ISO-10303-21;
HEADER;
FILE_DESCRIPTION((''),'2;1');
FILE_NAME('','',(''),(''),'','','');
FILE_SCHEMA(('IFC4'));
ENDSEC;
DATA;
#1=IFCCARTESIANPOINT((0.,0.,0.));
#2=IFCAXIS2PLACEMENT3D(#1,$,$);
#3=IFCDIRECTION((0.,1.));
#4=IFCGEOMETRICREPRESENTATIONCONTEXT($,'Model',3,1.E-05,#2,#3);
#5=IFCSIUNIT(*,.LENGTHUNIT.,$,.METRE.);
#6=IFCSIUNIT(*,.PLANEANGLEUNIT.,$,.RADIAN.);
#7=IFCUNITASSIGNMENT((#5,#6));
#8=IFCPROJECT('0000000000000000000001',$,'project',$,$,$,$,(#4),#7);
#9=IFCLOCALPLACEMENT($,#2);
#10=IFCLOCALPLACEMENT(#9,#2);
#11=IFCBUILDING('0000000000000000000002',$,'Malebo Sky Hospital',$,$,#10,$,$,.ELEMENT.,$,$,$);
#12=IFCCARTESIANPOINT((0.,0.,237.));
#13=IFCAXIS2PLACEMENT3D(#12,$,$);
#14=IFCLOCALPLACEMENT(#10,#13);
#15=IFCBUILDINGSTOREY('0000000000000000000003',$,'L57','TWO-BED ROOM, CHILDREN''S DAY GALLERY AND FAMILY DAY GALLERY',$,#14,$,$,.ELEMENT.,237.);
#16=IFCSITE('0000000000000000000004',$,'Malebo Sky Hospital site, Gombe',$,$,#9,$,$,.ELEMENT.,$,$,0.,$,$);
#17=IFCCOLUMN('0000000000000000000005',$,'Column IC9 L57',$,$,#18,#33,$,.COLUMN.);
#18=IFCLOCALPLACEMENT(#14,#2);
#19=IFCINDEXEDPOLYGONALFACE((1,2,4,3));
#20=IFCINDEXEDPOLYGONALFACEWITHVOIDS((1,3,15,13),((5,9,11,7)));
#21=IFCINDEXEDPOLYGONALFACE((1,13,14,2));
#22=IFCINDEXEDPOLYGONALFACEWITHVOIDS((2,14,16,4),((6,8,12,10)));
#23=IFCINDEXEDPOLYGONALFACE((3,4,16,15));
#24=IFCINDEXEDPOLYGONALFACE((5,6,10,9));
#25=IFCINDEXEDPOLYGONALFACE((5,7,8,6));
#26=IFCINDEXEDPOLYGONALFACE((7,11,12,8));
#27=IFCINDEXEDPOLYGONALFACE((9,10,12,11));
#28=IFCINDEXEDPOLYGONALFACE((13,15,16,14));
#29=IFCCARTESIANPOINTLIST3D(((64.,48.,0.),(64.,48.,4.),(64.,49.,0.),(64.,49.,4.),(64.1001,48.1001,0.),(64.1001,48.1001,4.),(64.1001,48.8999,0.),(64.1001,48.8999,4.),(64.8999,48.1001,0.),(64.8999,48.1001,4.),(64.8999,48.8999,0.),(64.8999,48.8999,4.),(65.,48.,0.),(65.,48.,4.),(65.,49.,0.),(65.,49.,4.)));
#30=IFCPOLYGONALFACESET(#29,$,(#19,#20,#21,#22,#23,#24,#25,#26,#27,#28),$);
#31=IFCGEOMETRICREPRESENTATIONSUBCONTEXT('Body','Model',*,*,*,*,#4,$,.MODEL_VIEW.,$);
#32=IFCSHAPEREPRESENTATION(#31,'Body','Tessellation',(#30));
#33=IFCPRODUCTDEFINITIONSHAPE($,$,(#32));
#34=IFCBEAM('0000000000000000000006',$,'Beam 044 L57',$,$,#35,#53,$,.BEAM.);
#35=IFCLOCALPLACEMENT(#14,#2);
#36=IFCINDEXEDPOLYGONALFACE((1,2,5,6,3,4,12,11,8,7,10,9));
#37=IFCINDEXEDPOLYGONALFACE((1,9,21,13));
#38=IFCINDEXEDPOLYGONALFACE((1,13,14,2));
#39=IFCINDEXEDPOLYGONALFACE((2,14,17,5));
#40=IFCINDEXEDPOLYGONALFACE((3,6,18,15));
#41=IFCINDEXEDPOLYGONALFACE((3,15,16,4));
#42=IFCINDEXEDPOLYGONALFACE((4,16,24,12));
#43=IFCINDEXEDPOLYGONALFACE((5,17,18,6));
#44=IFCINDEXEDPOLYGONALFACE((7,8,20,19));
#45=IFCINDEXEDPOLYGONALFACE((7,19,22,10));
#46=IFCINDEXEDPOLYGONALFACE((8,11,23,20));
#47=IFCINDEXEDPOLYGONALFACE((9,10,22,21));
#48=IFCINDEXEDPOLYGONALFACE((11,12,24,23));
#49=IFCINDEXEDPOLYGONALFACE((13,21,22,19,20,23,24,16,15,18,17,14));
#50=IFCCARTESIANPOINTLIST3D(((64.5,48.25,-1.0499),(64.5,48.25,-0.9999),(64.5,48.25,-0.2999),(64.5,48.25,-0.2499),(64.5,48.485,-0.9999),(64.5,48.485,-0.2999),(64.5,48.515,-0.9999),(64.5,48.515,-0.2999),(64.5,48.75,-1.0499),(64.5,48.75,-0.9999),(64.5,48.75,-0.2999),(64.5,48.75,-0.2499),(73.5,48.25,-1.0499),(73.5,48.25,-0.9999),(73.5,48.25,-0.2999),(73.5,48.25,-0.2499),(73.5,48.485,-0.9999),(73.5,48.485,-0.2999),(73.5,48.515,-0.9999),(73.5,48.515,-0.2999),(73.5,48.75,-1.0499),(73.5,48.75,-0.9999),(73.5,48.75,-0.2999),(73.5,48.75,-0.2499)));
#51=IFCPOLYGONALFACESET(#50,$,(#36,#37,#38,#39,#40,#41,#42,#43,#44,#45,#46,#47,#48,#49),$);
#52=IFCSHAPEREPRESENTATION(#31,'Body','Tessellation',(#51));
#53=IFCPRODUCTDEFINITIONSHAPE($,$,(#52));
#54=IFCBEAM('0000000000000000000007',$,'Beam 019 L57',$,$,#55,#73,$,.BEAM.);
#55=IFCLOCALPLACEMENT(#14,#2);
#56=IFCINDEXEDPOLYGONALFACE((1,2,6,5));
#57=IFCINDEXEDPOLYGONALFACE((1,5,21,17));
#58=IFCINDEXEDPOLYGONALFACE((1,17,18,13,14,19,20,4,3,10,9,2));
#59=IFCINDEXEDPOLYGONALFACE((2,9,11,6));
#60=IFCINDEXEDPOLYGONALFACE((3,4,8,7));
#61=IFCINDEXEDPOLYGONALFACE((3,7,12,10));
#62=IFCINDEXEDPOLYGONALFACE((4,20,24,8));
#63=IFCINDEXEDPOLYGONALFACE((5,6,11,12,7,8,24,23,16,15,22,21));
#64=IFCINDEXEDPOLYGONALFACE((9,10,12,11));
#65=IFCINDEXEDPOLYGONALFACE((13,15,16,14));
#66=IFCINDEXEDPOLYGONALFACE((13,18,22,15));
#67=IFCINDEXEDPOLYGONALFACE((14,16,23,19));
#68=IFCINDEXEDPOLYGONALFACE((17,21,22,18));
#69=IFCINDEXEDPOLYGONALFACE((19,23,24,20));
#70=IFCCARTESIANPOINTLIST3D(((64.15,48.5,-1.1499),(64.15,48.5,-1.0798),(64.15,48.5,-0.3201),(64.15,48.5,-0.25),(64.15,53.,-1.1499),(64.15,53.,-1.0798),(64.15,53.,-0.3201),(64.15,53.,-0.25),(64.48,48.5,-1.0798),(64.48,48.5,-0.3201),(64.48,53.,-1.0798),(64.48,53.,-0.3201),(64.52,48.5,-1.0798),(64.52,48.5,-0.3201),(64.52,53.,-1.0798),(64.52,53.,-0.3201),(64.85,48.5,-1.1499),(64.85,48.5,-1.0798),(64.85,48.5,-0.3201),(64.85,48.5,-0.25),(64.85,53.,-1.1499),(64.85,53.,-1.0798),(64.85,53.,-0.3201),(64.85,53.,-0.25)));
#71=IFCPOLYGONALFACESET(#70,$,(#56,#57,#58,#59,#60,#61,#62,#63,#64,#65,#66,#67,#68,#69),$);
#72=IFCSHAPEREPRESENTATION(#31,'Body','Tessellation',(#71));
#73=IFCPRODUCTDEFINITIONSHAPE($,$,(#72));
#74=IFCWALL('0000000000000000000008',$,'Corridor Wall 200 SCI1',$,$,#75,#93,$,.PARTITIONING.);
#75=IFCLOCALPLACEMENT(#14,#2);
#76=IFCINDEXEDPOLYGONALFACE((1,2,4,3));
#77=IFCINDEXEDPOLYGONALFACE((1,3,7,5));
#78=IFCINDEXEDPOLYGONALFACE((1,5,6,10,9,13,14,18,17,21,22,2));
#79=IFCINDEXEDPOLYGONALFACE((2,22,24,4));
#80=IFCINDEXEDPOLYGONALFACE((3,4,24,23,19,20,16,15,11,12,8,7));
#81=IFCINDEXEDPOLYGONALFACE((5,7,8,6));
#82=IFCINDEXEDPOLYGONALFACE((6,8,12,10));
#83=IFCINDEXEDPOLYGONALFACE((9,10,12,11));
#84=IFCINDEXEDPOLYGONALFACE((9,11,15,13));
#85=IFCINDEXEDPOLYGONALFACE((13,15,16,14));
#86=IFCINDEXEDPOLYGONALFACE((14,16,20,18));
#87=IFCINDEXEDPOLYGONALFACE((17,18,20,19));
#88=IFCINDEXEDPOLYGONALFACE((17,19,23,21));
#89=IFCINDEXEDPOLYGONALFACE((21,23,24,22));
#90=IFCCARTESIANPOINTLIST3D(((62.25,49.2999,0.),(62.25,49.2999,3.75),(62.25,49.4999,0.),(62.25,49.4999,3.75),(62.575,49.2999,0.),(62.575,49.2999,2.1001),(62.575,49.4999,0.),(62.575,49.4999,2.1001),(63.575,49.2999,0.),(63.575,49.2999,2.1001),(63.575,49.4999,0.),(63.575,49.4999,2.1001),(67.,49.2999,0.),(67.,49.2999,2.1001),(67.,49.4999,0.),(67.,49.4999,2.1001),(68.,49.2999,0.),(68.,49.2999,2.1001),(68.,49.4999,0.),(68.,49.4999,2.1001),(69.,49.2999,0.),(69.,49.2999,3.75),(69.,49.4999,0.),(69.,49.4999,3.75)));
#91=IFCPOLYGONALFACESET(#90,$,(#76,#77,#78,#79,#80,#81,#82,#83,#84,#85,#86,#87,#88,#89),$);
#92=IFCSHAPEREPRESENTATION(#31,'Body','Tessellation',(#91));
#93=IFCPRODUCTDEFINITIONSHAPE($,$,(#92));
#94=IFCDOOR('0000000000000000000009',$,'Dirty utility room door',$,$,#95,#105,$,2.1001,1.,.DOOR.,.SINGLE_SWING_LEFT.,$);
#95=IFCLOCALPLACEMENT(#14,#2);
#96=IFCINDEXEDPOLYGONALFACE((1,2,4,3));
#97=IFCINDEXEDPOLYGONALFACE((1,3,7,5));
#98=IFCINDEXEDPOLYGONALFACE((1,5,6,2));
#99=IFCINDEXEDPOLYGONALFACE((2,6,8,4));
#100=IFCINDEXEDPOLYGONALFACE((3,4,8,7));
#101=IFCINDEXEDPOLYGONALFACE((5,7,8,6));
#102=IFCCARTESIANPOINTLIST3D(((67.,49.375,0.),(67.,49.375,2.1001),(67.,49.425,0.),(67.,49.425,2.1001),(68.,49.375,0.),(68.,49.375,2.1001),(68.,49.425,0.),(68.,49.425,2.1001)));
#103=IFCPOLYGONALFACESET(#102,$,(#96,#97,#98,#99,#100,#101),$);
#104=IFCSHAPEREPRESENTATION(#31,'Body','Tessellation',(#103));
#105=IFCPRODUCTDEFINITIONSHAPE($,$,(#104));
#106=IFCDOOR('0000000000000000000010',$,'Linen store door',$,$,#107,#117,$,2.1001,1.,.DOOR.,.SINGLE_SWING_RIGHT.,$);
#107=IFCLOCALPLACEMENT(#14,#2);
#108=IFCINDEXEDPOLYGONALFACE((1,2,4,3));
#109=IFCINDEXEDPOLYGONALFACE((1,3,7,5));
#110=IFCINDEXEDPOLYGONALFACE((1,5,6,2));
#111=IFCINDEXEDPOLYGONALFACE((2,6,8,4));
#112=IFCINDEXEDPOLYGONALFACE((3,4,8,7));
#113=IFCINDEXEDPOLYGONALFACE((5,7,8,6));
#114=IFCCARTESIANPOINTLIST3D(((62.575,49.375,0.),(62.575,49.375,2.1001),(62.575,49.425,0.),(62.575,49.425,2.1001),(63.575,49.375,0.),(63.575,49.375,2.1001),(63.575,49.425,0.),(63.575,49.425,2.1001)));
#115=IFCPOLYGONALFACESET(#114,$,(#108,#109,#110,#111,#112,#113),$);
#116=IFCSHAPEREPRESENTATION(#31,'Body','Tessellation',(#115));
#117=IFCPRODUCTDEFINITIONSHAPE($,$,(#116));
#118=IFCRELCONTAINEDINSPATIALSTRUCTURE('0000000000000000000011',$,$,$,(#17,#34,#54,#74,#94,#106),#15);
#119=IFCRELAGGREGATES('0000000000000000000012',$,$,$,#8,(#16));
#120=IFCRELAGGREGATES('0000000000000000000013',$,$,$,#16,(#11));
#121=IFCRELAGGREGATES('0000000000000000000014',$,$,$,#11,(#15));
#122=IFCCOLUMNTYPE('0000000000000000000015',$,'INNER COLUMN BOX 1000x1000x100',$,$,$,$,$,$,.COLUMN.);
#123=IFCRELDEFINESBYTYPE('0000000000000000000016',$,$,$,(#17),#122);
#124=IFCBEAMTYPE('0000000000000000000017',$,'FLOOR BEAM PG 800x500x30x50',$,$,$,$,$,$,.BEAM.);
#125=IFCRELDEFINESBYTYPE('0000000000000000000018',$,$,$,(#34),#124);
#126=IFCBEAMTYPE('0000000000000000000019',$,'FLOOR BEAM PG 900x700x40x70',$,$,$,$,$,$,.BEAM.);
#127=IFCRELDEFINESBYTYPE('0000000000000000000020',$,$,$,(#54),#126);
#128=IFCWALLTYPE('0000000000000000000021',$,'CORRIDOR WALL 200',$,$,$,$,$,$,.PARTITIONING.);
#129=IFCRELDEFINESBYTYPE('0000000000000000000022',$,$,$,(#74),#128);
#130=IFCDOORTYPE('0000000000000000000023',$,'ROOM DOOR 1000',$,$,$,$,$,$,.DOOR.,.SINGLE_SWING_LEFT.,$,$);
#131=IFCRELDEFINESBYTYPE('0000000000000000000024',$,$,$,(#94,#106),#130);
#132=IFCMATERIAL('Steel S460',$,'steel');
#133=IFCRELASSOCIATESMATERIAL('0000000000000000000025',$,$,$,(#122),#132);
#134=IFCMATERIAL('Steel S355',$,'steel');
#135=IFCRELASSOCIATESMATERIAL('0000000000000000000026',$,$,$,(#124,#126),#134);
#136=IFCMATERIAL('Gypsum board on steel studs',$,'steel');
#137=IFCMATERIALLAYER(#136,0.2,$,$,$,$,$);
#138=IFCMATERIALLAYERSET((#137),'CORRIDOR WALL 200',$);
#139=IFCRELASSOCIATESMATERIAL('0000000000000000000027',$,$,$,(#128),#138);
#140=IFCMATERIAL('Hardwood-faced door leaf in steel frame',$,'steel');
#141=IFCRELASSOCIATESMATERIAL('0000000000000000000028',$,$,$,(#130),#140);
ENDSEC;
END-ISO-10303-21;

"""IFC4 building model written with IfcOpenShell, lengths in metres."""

from ifc_helpers import new_model, si_unit, direction, frame, frame_2d, origin, origin_2d, place, context, subcontext, project, spatial, rectangle, hollow_rectangle, i_section, extrude, material, layer, layer_set, material_profile, profile_set, type_object, element, fill, save


model = new_model("IFC4")

# Units and contexts
model_context = context("Model", 3, precision=1e-05, world=origin(), true_north=direction((0.0, 1.0)))
body_context = subcontext(model_context, "Body", "Model", "MODEL_VIEW")
ifc_project = project(units=[si_unit("LENGTHUNIT", "METRE"), si_unit("PLANEANGLEUNIT", "RADIAN")], contexts=[model_context])

# Site, building, storey
site_placement = place(None, origin())
site = spatial("IfcSite", under=ifc_project, at=site_placement, Name="Malebo Sky Hospital site, Gombe", CompositionType="ELEMENT", RefElevation=0.0)
building_placement = place(site_placement, origin())
building = spatial("IfcBuilding", under=site, at=building_placement, Name="Malebo Sky Hospital", CompositionType="ELEMENT")
storey_placement = place(building_placement, frame((0.0, 0.0, 237.0)))
storey = spatial("IfcBuildingStorey", under=building, at=storey_placement, Name="L57", Description="TWO-BED ROOM, CHILDREN'S DAY GALLERY AND FAMILY DAY GALLERY", CompositionType="ELEMENT", Elevation=237.0)

# Column
ifc_material_1 = material(Name="Steel S460", Category="steel")
ifc_material_profile_1 = material_profile(ifc_material_1, hollow_rectangle(XDim=1.0, YDim=1.0, WallThickness=0.1001, at=origin_2d()), Name="BOX 1000x1000x100")
ifc_profile_set_1 = profile_set([ifc_material_profile_1], Name="Steel S460")
column_type = type_object("IfcColumnType", Name="INNER COLUMN BOX 1000x1000x100", PredefinedType="COLUMN", material=ifc_profile_set_1)
column_placement = place(storey_placement, frame((64.5, 48.5, 0.0), z_axis=(0.0, 0.0, 1.0), x_axis=(1.0, 0.0, 0.0)))
element("IfcColumn", 1, at=column_placement, inside=storey, type_object=column_type, Name="Column IC9 L57", PredefinedType="COLUMN", context=body_context, shape_type="SweptSolid", body=[
    extrude(hollow_rectangle(XDim=1.0, YDim=1.0, WallThickness=0.1001, at=origin_2d()), origin(), (0.0, 0.0, 1.0), 4.0),
])

# Beams
ifc_material_2 = material(Name="Steel S355", Category="steel")
ifc_material_profile_2 = material_profile(ifc_material_2, i_section(OverallWidth=0.5, OverallDepth=0.8, WebThickness=0.03, FlangeThickness=0.05, at=origin_2d()), Name="PG 800x500x30x50")
ifc_profile_set_2 = profile_set([ifc_material_profile_2], Name="Steel S355")
beam_type_1 = type_object("IfcBeamType", Name="FLOOR BEAM PG 800x500x30x50", PredefinedType="BEAM", material=ifc_profile_set_2)
beam_1_placement = place(storey_placement, frame((64.5, 48.5, -0.6499), z_axis=(1.0, 0.0, 0.0), x_axis=(0.0, 1.0, 0.0)))
element("IfcBeam", 2, at=beam_1_placement, inside=storey, type_object=beam_type_1, Name="Beam 044 L57", PredefinedType="BEAM", context=body_context, shape_type="SweptSolid", body=[
    extrude(i_section(OverallWidth=0.5, OverallDepth=0.8, WebThickness=0.03, FlangeThickness=0.05, at=origin_2d()), origin(), (0.0, 0.0, 1.0), 9.0),
])
ifc_material_profile_3 = material_profile(ifc_material_2, i_section(OverallWidth=0.7, OverallDepth=0.8999, WebThickness=0.04, FlangeThickness=0.0701, at=origin_2d()), Name="PG 900x700x40x70")
ifc_profile_set_3 = profile_set([ifc_material_profile_3], Name="Steel S355")
beam_type_2 = type_object("IfcBeamType", Name="FLOOR BEAM PG 900x700x40x70", PredefinedType="BEAM", material=ifc_profile_set_3)
beam_2_placement = place(storey_placement, frame((64.5, 48.5, -0.7), z_axis=(0.0, 1.0, 0.0), x_axis=(-1.0, 0.0, 0.0)))
element("IfcBeam", 3, at=beam_2_placement, inside=storey, type_object=beam_type_2, Name="Beam 019 L57", PredefinedType="BEAM", context=body_context, shape_type="SweptSolid", body=[
    extrude(i_section(OverallWidth=0.7, OverallDepth=0.8999, WebThickness=0.04, FlangeThickness=0.0701, at=origin_2d()), origin(), (0.0, 0.0, 1.0), 4.5),
])

# Wall, openings, doors
ifc_material_3 = material(Name="Gypsum board on steel studs", Category="steel")
ifc_layer_1 = layer(ifc_material_3, 0.2)
ifc_layer_set_1 = layer_set([ifc_layer_1], Name="CORRIDOR WALL 200")
wall_type_1 = type_object("IfcWallType", Name="CORRIDOR WALL 200", PredefinedType="PARTITIONING", material=ifc_layer_set_1)
wall_1_placement = place(storey_placement, frame((69.0, 49.3999, 0.0), z_axis=(0.0, 0.0, 1.0), x_axis=(-1.0, 0.0, 0.0)))
wall_1 = element("IfcWall", 4, at=wall_1_placement, inside=storey, type_object=wall_type_1, Name="Corridor Wall 200 SCI1", PredefinedType="PARTITIONING", context=body_context, shape_type="SweptSolid", body=[
    extrude(rectangle(XDim=6.75, YDim=0.2, at=frame_2d((3.375, 0.0))), origin(), (0.0, 0.0, 1.0), 3.75),
])
opening_1_placement = place(wall_1_placement, frame((1.0, 0.0, 0.0)))
opening_1 = element("IfcOpeningElement", 5, at=opening_1_placement, cuts=wall_1, PredefinedType="OPENING", context=body_context, shape_type="SweptSolid", body=[
    extrude(rectangle(XDim=1.0, YDim=2.1001, at=frame_2d((0.5, 1.05))), frame((0.0, 0.1099, 0.0), z_axis=(0.0, -1.0, 0.0), x_axis=(1.0, 0.0, 0.0)), (0.0, 0.0, 1.0), 0.22),
])
opening_2_placement = place(wall_1_placement, frame((5.425, 0.0, 0.0)))
opening_2 = element("IfcOpeningElement", 6, at=opening_2_placement, cuts=wall_1, PredefinedType="OPENING", context=body_context, shape_type="SweptSolid", body=[
    extrude(rectangle(XDim=1.0, YDim=2.1001, at=frame_2d((0.5, 1.05))), frame((0.0, 0.1099, 0.0), z_axis=(0.0, -1.0, 0.0), x_axis=(1.0, 0.0, 0.0)), (0.0, 0.0, 1.0), 0.22),
])
ifc_material_4 = material(Name="Hardwood-faced door leaf in steel frame", Category="steel")
door_type_1 = type_object("IfcDoorType", Name="ROOM DOOR 1000", OperationType="SINGLE_SWING_LEFT", PredefinedType="DOOR", material=ifc_material_4)
door_1_placement = place(opening_1_placement, origin())
door_1 = element("IfcDoor", 7, at=door_1_placement, inside=storey, type_object=door_type_1, Name="Dirty utility room door", OperationType="SINGLE_SWING_LEFT", OverallHeight=2.1001, OverallWidth=1.0, PredefinedType="DOOR", context=body_context, shape_type="SweptSolid", body=[
    extrude(rectangle(XDim=1.0, YDim=2.1001, at=frame_2d((0.5, 1.05))), frame((0.0, 0.0249, 0.0), z_axis=(0.0, -1.0, 0.0), x_axis=(1.0, 0.0, 0.0)), (0.0, 0.0, 1.0), 0.05),
])
fill(opening_1, door_1)
door_2_placement = place(opening_2_placement, origin())
door_2 = element("IfcDoor", 8, at=door_2_placement, inside=storey, type_object=door_type_1, Name="Linen store door", OperationType="SINGLE_SWING_RIGHT", OverallHeight=2.1001, OverallWidth=1.0, PredefinedType="DOOR", context=body_context, shape_type="SweptSolid", body=[
    extrude(rectangle(XDim=1.0, YDim=2.1001, at=frame_2d((0.5, 1.05))), frame((0.0, 0.0249, 0.0), z_axis=(0.0, -1.0, 0.0), x_axis=(1.0, 0.0, 0.0)), (0.0, 0.0, 1.0), 0.05),
])
fill(opening_2, door_2)

save(model, "model.ifc")
